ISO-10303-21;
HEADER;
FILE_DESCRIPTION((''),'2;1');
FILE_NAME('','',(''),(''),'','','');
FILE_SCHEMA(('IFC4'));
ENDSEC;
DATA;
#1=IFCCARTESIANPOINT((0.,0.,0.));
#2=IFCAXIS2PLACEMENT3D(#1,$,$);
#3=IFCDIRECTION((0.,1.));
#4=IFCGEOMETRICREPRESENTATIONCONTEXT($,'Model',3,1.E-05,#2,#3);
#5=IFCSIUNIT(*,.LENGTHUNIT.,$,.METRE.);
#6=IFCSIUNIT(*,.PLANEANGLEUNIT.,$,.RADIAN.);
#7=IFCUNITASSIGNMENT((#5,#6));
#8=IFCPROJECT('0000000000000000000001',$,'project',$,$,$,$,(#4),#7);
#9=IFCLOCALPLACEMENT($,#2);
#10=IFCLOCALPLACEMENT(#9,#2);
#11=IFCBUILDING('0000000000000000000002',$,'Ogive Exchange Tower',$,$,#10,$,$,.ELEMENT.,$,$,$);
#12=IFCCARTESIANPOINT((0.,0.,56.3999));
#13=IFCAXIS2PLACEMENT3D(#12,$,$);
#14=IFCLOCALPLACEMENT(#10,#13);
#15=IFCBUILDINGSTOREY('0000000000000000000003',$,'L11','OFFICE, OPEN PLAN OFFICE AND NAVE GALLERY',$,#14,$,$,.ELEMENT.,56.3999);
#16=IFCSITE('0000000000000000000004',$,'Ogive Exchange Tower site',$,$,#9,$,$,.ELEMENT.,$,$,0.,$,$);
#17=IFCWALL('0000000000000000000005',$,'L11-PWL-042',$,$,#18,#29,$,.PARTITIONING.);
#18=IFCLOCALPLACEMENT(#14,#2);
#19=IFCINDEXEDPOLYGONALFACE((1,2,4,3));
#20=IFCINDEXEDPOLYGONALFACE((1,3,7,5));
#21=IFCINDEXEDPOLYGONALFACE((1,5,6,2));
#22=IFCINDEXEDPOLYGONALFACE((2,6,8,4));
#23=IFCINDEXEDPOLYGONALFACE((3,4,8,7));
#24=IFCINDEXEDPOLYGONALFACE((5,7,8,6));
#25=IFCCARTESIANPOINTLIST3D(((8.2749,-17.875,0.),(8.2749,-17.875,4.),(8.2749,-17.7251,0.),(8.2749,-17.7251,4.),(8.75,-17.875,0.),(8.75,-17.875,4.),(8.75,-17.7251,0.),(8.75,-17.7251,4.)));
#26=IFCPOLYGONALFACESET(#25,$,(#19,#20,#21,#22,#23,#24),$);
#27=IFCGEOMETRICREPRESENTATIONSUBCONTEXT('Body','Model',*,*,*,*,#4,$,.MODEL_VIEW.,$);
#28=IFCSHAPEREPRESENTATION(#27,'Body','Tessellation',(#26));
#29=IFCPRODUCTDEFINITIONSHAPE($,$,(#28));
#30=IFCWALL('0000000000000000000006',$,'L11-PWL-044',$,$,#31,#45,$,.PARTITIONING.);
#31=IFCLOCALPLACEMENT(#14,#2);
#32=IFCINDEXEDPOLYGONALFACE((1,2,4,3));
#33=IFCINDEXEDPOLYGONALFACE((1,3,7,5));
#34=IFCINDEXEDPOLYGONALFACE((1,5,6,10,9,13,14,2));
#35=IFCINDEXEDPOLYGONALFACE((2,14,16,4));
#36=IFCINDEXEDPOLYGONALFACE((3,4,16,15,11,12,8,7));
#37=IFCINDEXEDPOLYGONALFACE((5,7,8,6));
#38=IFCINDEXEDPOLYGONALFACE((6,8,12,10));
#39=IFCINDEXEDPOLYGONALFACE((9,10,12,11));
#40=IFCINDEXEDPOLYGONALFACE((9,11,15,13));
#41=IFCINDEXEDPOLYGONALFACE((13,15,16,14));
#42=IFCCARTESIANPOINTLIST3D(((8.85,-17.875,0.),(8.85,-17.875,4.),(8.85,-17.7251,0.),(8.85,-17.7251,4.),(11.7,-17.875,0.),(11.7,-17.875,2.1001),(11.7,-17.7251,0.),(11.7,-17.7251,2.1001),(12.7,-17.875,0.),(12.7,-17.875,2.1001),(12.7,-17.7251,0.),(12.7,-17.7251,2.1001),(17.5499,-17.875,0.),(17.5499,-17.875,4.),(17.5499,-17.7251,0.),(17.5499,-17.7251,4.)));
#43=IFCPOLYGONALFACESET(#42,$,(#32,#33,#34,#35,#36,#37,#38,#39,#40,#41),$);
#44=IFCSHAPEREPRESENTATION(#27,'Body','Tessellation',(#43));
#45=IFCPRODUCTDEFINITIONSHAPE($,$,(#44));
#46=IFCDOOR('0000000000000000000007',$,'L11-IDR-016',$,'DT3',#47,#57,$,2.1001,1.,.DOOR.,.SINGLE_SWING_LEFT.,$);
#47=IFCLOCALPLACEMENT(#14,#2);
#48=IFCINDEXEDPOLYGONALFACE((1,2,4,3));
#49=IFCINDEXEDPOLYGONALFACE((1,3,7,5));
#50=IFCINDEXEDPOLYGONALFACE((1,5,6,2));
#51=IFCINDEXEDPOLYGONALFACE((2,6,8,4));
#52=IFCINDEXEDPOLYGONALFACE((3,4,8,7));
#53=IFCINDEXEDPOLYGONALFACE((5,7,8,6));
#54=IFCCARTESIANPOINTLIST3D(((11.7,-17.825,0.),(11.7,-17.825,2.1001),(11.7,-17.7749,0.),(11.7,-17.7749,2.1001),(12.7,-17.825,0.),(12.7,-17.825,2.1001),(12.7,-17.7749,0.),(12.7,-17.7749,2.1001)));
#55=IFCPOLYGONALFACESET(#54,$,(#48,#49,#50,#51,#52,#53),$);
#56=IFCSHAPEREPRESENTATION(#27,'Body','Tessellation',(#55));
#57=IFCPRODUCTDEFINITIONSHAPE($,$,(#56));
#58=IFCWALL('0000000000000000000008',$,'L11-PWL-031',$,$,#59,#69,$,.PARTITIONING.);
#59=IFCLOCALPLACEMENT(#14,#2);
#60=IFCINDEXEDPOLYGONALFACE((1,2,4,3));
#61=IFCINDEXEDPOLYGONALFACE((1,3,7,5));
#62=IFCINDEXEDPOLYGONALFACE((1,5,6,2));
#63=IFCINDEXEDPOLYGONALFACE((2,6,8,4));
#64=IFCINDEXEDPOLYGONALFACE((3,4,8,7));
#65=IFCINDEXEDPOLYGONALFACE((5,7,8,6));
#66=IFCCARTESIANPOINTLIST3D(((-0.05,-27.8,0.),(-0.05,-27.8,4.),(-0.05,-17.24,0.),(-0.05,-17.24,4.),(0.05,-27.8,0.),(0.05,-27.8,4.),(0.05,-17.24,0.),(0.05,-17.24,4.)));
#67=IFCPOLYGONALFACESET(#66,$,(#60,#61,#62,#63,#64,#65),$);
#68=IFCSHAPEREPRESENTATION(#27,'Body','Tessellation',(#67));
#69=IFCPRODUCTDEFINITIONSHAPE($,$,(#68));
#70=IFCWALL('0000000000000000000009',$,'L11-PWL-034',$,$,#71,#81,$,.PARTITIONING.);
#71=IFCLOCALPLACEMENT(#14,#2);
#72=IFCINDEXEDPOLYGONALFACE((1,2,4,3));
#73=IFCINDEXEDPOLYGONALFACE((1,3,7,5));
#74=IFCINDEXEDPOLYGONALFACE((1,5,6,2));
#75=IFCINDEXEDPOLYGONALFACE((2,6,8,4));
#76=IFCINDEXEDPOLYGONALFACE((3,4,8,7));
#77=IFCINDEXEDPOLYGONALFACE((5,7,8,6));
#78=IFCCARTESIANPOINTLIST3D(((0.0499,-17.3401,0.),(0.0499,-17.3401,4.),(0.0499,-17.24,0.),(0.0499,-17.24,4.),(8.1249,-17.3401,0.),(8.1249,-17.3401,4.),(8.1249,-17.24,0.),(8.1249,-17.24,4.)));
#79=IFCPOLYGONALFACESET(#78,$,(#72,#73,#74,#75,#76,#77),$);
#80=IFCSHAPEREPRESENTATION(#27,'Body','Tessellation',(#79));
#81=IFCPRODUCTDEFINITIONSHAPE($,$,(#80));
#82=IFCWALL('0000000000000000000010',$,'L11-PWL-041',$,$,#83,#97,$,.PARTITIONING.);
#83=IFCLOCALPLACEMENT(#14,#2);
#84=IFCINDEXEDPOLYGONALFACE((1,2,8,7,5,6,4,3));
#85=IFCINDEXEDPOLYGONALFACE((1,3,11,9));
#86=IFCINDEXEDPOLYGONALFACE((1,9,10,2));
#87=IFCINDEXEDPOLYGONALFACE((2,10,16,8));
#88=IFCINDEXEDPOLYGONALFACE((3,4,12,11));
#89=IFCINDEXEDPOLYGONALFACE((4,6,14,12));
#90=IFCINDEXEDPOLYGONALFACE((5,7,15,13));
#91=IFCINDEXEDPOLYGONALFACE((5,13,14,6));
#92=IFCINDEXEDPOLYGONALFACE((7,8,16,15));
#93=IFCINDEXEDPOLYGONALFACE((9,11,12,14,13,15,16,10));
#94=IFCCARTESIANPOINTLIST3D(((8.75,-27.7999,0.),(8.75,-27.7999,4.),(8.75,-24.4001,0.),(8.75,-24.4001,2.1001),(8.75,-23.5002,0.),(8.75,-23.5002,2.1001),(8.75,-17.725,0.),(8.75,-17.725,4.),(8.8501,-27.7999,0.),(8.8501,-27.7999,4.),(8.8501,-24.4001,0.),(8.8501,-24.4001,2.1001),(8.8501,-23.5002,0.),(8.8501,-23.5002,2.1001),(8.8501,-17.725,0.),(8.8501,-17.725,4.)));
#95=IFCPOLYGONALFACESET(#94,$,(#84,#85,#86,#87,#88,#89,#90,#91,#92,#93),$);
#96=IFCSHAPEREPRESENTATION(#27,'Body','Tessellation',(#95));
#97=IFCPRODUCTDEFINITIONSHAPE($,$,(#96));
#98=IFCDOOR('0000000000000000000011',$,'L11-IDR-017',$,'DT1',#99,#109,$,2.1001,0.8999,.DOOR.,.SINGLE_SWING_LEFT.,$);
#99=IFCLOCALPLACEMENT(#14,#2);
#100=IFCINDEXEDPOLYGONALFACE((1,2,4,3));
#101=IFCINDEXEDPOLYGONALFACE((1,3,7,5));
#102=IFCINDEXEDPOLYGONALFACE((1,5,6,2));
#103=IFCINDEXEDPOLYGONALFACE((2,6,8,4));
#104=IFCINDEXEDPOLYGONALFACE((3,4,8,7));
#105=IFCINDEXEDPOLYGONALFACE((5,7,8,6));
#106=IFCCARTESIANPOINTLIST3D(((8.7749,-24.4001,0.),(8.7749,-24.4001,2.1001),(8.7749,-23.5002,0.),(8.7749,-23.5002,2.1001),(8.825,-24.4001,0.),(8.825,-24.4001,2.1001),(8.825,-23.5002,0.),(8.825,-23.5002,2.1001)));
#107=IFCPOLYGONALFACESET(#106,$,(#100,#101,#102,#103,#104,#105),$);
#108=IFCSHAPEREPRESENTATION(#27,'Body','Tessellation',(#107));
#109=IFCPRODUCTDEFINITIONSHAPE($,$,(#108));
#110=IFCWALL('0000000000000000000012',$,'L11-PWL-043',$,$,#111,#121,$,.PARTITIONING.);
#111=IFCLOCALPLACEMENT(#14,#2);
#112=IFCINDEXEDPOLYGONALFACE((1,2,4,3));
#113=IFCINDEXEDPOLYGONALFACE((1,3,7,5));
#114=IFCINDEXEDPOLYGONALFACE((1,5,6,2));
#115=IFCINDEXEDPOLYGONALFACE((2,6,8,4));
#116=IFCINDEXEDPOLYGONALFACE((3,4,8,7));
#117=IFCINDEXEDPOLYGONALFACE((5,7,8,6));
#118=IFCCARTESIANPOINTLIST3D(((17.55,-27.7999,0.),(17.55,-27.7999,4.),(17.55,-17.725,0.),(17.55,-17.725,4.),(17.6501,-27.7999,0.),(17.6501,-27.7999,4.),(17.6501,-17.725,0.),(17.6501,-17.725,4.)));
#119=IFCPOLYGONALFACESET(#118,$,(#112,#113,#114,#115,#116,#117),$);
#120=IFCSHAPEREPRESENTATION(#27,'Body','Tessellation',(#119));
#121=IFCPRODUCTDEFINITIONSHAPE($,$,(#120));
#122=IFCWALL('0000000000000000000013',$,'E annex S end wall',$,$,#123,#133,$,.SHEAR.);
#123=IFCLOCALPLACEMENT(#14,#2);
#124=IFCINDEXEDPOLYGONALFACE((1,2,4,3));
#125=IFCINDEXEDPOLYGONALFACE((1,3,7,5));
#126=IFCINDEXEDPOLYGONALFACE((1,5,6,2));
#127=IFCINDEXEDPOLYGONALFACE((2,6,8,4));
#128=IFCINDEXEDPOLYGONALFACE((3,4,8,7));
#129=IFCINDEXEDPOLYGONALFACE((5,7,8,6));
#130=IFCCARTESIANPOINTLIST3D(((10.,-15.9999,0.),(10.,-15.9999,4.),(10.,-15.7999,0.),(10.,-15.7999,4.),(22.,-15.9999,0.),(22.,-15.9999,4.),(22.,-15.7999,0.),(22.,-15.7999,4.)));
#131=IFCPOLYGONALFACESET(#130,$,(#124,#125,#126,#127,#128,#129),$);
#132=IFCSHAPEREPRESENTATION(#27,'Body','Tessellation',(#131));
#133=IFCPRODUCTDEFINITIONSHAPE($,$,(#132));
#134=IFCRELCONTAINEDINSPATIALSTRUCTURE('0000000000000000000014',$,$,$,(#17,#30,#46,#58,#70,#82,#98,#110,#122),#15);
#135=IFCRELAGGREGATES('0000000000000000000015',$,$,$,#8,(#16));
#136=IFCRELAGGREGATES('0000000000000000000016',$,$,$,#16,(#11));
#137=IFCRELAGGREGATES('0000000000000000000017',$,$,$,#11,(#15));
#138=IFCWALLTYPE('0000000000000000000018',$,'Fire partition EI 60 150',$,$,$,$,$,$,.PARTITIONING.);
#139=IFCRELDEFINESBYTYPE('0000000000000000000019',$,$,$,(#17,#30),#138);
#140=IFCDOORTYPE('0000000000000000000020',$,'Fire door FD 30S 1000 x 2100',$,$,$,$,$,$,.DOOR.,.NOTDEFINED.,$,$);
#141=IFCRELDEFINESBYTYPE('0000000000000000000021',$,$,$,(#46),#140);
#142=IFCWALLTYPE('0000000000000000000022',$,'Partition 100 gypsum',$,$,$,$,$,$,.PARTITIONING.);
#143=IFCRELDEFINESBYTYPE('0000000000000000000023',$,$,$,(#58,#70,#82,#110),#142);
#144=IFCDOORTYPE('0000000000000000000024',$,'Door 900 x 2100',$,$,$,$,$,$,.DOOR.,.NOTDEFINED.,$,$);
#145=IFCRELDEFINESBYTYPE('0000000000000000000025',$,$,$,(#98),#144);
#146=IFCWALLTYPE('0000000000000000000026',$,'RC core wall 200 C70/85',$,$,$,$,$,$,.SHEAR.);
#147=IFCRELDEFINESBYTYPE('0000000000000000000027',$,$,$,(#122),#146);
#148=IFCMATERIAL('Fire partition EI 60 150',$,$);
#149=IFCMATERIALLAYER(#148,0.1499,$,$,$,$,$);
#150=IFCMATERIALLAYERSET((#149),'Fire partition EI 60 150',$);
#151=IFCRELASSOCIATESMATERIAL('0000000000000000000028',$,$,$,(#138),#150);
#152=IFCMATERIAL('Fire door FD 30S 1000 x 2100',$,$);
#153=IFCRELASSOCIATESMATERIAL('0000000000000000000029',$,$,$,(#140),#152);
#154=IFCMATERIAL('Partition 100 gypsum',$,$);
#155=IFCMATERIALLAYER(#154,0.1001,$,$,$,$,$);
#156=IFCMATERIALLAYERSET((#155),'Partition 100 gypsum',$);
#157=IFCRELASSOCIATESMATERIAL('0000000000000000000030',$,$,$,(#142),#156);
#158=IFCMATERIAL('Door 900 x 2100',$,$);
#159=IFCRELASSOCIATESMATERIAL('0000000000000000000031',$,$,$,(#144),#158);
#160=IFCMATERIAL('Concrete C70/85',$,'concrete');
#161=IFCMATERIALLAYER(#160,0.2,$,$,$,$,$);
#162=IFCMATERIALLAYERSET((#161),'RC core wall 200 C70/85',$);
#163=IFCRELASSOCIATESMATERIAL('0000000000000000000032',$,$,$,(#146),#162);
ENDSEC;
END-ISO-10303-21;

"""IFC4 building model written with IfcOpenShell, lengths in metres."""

from ifc_helpers import new_model, si_unit, direction, frame, frame_2d, origin, place, context, subcontext, project, spatial, rectangle, extrude, material, layer, layer_set, type_object, element, fill, save


model = new_model("IFC4")

# Units and contexts
model_context = context("Model", 3, precision=1e-05, world=origin(), true_north=direction((0.0, 1.0)))
body_context = subcontext(model_context, "Body", "Model", "MODEL_VIEW")
ifc_project = project(units=[si_unit("LENGTHUNIT", "METRE"), si_unit("PLANEANGLEUNIT", "RADIAN")], contexts=[model_context])

# Site, building, storey
site_placement = place(None, origin())
site = spatial("IfcSite", under=ifc_project, at=site_placement, Name="Ogive Exchange Tower site", CompositionType="ELEMENT", RefElevation=0.0)
building_placement = place(site_placement, origin())
building = spatial("IfcBuilding", under=site, at=building_placement, Name="Ogive Exchange Tower", CompositionType="ELEMENT")
storey_placement = place(building_placement, frame((0.0, 0.0, 56.3999)))
storey = spatial("IfcBuildingStorey", under=building, at=storey_placement, Name="L11", Description="OFFICE, OPEN PLAN OFFICE AND NAVE GALLERY", CompositionType="ELEMENT", Elevation=56.3999)

# Shared definitions
ifc_material_1 = material(Name="Fire partition EI 60 150")
ifc_layer_1 = layer(ifc_material_1, 0.1499)
ifc_layer_set_1 = layer_set([ifc_layer_1], Name="Fire partition EI 60 150")
wall_type_1 = type_object("IfcWallType", Name="Fire partition EI 60 150", PredefinedType="PARTITIONING", material=ifc_layer_set_1)

# Shared definitions
ifc_material_2 = material(Name="Fire door FD 30S 1000 x 2100")
door_type_1 = type_object("IfcDoorType", Name="Fire door FD 30S 1000 x 2100", OperationType="NOTDEFINED", PredefinedType="DOOR", material=ifc_material_2)

# Wall
wall_1_placement = place(storey_placement, frame((8.75, -17.8, 0.0), z_axis=(0.0, 0.0, 1.0), x_axis=(-1.0, 0.0, 0.0)))
element("IfcWall", 1, at=wall_1_placement, inside=storey, type_object=wall_type_1, Name="L11-PWL-042", PredefinedType="PARTITIONING", context=body_context, shape_type="SweptSolid", body=[
    extrude(rectangle(XDim=0.4751, YDim=0.1499, at=frame_2d((0.2375, 0.0))), origin(), (0.0, 0.0, 1.0), 4.0),
])

# Wall, opening, door
wall_2_placement = place(storey_placement, frame((17.55, -17.8, 0.0), z_axis=(0.0, 0.0, 1.0), x_axis=(-1.0, 0.0, 0.0)))
wall_2 = element("IfcWall", 2, at=wall_2_placement, inside=storey, type_object=wall_type_1, Name="L11-PWL-044", PredefinedType="PARTITIONING", context=body_context, shape_type="SweptSolid", body=[
    extrude(rectangle(XDim=8.7, YDim=0.1499, at=frame_2d((4.3501, 0.0))), origin(), (0.0, 0.0, 1.0), 4.0),
])
opening_1_placement = place(wall_2_placement, frame((4.8501, 0.0, 0.0)))
opening_1 = element("IfcOpeningElement", 3, at=opening_1_placement, cuts=wall_2, PredefinedType="OPENING", context=body_context, shape_type="SweptSolid", body=[
    extrude(rectangle(XDim=1.0, YDim=2.1001, at=frame_2d((0.5, 1.05))), frame((0.0, 0.085, 0.0), z_axis=(0.0, -1.0, 0.0), x_axis=(1.0, 0.0, 0.0)), (0.0, 0.0, 1.0), 0.1699),
])
door_1_placement = place(opening_1_placement, origin())
door_1 = element("IfcDoor", 4, at=door_1_placement, inside=storey, type_object=door_type_1, Name="L11-IDR-016", ObjectType="DT3", OperationType="SINGLE_SWING_LEFT", OverallHeight=2.1001, OverallWidth=1.0, PredefinedType="DOOR", context=body_context, shape_type="SweptSolid", body=[
    extrude(rectangle(XDim=1.0, YDim=2.1001, at=frame_2d((0.5, 1.05))), frame((0.0, 0.0249, 0.0), z_axis=(0.0, -1.0, 0.0), x_axis=(1.0, 0.0, 0.0)), (0.0, 0.0, 1.0), 0.05),
])
fill(opening_1, door_1)

# Walls
ifc_material_3 = material(Name="Partition 100 gypsum")
ifc_layer_2 = layer(ifc_material_3, 0.1001)
ifc_layer_set_2 = layer_set([ifc_layer_2], Name="Partition 100 gypsum")
wall_type_2 = type_object("IfcWallType", Name="Partition 100 gypsum", PredefinedType="PARTITIONING", material=ifc_layer_set_2)
wall_3_placement = place(storey_placement, frame((0.0, -27.8, 0.0), z_axis=(0.0, 0.0, 1.0), x_axis=(0.0, 1.0, 0.0)))
element("IfcWall", 5, at=wall_3_placement, inside=storey, type_object=wall_type_2, Name="L11-PWL-031", PredefinedType="PARTITIONING", context=body_context, shape_type="SweptSolid", body=[
    extrude(rectangle(XDim=10.5601, YDim=0.1001, at=frame_2d((5.28, 0.0))), origin(), (0.0, 0.0, 1.0), 4.0),
])
wall_4_placement = place(storey_placement, frame((8.125, -17.29, 0.0), z_axis=(0.0, 0.0, 1.0), x_axis=(-1.0, 0.0, 0.0)))
element("IfcWall", 6, at=wall_4_placement, inside=storey, type_object=wall_type_2, Name="L11-PWL-034", PredefinedType="PARTITIONING", context=body_context, shape_type="SweptSolid", body=[
    extrude(rectangle(XDim=8.075, YDim=0.1001, at=frame_2d((4.0376, 0.0))), origin(), (0.0, 0.0, 1.0), 4.0),
])

# Wall, opening, door
wall_5_placement = place(storey_placement, frame((8.8, -27.8, 0.0), z_axis=(0.0, 0.0, 1.0), x_axis=(0.0, 1.0, 0.0)))
wall_5 = element("IfcWall", 7, at=wall_5_placement, inside=storey, type_object=wall_type_2, Name="L11-PWL-041", PredefinedType="PARTITIONING", context=body_context, shape_type="SweptSolid", body=[
    extrude(rectangle(XDim=10.075, YDim=0.1001, at=frame_2d((5.0376, 0.0))), origin(), (0.0, 0.0, 1.0), 4.0),
])
opening_2_placement = place(wall_5_placement, frame((3.3999, 0.0, 0.0)))
opening_2 = element("IfcOpeningElement", 8, at=opening_2_placement, cuts=wall_5, PredefinedType="OPENING", context=body_context, shape_type="SweptSolid", body=[
    extrude(rectangle(XDim=0.8999, YDim=2.1001, at=frame_2d((0.45, 1.05))), frame((0.0, 0.0601, 0.0), z_axis=(0.0, -1.0, 0.0), x_axis=(1.0, 0.0, 0.0)), (0.0, 0.0, 1.0), 0.1201),
])
ifc_material_4 = material(Name="Door 900 x 2100")
door_type_2 = type_object("IfcDoorType", Name="Door 900 x 2100", OperationType="NOTDEFINED", PredefinedType="DOOR", material=ifc_material_4)
door_2_placement = place(opening_2_placement, frame((0.8999, 0.0, 0.0), z_axis=(0.0, 0.0, 1.0), x_axis=(-1.0, 0.0, 0.0)))
door_2 = element("IfcDoor", 9, at=door_2_placement, inside=storey, type_object=door_type_2, Name="L11-IDR-017", ObjectType="DT1", OperationType="SINGLE_SWING_LEFT", OverallHeight=2.1001, OverallWidth=0.8999, PredefinedType="DOOR", context=body_context, shape_type="SweptSolid", body=[
    extrude(rectangle(XDim=0.8999, YDim=2.1001, at=frame_2d((0.45, 1.05))), frame((0.0, 0.0249, 0.0), z_axis=(0.0, -1.0, 0.0), x_axis=(1.0, 0.0, 0.0)), (0.0, 0.0, 1.0), 0.05),
])
fill(opening_2, door_2)

# Walls
wall_6_placement = place(storey_placement, frame((17.6001, -27.8, 0.0), z_axis=(0.0, 0.0, 1.0), x_axis=(0.0, 1.0, 0.0)))
element("IfcWall", 10, at=wall_6_placement, inside=storey, type_object=wall_type_2, Name="L11-PWL-043", PredefinedType="PARTITIONING", context=body_context, shape_type="SweptSolid", body=[
    extrude(rectangle(XDim=10.075, YDim=0.1001, at=frame_2d((5.0376, 0.0))), origin(), (0.0, 0.0, 1.0), 4.0),
])
ifc_material_5 = material(Name="Concrete C70/85", Category="concrete")
ifc_layer_3 = layer(ifc_material_5, 0.2)
ifc_layer_set_3 = layer_set([ifc_layer_3], Name="RC core wall 200 C70/85")
wall_type_3 = type_object("IfcWallType", Name="RC core wall 200 C70/85", PredefinedType="SHEAR", material=ifc_layer_set_3)
wall_7_placement = place(storey_placement, frame((10.0, -15.8999, 0.0), z_axis=(0.0, 0.0, 1.0), x_axis=(1.0, 0.0, 0.0)))
element("IfcWall", 11, at=wall_7_placement, inside=storey, type_object=wall_type_3, Name="E annex S end wall", PredefinedType="SHEAR", context=body_context, shape_type="SweptSolid", body=[
    extrude(rectangle(XDim=12.0, YDim=0.2, at=frame_2d((6.0, 0.0))), origin(), (0.0, 0.0, 1.0), 4.0),
])

save(model, "model.ifc")
